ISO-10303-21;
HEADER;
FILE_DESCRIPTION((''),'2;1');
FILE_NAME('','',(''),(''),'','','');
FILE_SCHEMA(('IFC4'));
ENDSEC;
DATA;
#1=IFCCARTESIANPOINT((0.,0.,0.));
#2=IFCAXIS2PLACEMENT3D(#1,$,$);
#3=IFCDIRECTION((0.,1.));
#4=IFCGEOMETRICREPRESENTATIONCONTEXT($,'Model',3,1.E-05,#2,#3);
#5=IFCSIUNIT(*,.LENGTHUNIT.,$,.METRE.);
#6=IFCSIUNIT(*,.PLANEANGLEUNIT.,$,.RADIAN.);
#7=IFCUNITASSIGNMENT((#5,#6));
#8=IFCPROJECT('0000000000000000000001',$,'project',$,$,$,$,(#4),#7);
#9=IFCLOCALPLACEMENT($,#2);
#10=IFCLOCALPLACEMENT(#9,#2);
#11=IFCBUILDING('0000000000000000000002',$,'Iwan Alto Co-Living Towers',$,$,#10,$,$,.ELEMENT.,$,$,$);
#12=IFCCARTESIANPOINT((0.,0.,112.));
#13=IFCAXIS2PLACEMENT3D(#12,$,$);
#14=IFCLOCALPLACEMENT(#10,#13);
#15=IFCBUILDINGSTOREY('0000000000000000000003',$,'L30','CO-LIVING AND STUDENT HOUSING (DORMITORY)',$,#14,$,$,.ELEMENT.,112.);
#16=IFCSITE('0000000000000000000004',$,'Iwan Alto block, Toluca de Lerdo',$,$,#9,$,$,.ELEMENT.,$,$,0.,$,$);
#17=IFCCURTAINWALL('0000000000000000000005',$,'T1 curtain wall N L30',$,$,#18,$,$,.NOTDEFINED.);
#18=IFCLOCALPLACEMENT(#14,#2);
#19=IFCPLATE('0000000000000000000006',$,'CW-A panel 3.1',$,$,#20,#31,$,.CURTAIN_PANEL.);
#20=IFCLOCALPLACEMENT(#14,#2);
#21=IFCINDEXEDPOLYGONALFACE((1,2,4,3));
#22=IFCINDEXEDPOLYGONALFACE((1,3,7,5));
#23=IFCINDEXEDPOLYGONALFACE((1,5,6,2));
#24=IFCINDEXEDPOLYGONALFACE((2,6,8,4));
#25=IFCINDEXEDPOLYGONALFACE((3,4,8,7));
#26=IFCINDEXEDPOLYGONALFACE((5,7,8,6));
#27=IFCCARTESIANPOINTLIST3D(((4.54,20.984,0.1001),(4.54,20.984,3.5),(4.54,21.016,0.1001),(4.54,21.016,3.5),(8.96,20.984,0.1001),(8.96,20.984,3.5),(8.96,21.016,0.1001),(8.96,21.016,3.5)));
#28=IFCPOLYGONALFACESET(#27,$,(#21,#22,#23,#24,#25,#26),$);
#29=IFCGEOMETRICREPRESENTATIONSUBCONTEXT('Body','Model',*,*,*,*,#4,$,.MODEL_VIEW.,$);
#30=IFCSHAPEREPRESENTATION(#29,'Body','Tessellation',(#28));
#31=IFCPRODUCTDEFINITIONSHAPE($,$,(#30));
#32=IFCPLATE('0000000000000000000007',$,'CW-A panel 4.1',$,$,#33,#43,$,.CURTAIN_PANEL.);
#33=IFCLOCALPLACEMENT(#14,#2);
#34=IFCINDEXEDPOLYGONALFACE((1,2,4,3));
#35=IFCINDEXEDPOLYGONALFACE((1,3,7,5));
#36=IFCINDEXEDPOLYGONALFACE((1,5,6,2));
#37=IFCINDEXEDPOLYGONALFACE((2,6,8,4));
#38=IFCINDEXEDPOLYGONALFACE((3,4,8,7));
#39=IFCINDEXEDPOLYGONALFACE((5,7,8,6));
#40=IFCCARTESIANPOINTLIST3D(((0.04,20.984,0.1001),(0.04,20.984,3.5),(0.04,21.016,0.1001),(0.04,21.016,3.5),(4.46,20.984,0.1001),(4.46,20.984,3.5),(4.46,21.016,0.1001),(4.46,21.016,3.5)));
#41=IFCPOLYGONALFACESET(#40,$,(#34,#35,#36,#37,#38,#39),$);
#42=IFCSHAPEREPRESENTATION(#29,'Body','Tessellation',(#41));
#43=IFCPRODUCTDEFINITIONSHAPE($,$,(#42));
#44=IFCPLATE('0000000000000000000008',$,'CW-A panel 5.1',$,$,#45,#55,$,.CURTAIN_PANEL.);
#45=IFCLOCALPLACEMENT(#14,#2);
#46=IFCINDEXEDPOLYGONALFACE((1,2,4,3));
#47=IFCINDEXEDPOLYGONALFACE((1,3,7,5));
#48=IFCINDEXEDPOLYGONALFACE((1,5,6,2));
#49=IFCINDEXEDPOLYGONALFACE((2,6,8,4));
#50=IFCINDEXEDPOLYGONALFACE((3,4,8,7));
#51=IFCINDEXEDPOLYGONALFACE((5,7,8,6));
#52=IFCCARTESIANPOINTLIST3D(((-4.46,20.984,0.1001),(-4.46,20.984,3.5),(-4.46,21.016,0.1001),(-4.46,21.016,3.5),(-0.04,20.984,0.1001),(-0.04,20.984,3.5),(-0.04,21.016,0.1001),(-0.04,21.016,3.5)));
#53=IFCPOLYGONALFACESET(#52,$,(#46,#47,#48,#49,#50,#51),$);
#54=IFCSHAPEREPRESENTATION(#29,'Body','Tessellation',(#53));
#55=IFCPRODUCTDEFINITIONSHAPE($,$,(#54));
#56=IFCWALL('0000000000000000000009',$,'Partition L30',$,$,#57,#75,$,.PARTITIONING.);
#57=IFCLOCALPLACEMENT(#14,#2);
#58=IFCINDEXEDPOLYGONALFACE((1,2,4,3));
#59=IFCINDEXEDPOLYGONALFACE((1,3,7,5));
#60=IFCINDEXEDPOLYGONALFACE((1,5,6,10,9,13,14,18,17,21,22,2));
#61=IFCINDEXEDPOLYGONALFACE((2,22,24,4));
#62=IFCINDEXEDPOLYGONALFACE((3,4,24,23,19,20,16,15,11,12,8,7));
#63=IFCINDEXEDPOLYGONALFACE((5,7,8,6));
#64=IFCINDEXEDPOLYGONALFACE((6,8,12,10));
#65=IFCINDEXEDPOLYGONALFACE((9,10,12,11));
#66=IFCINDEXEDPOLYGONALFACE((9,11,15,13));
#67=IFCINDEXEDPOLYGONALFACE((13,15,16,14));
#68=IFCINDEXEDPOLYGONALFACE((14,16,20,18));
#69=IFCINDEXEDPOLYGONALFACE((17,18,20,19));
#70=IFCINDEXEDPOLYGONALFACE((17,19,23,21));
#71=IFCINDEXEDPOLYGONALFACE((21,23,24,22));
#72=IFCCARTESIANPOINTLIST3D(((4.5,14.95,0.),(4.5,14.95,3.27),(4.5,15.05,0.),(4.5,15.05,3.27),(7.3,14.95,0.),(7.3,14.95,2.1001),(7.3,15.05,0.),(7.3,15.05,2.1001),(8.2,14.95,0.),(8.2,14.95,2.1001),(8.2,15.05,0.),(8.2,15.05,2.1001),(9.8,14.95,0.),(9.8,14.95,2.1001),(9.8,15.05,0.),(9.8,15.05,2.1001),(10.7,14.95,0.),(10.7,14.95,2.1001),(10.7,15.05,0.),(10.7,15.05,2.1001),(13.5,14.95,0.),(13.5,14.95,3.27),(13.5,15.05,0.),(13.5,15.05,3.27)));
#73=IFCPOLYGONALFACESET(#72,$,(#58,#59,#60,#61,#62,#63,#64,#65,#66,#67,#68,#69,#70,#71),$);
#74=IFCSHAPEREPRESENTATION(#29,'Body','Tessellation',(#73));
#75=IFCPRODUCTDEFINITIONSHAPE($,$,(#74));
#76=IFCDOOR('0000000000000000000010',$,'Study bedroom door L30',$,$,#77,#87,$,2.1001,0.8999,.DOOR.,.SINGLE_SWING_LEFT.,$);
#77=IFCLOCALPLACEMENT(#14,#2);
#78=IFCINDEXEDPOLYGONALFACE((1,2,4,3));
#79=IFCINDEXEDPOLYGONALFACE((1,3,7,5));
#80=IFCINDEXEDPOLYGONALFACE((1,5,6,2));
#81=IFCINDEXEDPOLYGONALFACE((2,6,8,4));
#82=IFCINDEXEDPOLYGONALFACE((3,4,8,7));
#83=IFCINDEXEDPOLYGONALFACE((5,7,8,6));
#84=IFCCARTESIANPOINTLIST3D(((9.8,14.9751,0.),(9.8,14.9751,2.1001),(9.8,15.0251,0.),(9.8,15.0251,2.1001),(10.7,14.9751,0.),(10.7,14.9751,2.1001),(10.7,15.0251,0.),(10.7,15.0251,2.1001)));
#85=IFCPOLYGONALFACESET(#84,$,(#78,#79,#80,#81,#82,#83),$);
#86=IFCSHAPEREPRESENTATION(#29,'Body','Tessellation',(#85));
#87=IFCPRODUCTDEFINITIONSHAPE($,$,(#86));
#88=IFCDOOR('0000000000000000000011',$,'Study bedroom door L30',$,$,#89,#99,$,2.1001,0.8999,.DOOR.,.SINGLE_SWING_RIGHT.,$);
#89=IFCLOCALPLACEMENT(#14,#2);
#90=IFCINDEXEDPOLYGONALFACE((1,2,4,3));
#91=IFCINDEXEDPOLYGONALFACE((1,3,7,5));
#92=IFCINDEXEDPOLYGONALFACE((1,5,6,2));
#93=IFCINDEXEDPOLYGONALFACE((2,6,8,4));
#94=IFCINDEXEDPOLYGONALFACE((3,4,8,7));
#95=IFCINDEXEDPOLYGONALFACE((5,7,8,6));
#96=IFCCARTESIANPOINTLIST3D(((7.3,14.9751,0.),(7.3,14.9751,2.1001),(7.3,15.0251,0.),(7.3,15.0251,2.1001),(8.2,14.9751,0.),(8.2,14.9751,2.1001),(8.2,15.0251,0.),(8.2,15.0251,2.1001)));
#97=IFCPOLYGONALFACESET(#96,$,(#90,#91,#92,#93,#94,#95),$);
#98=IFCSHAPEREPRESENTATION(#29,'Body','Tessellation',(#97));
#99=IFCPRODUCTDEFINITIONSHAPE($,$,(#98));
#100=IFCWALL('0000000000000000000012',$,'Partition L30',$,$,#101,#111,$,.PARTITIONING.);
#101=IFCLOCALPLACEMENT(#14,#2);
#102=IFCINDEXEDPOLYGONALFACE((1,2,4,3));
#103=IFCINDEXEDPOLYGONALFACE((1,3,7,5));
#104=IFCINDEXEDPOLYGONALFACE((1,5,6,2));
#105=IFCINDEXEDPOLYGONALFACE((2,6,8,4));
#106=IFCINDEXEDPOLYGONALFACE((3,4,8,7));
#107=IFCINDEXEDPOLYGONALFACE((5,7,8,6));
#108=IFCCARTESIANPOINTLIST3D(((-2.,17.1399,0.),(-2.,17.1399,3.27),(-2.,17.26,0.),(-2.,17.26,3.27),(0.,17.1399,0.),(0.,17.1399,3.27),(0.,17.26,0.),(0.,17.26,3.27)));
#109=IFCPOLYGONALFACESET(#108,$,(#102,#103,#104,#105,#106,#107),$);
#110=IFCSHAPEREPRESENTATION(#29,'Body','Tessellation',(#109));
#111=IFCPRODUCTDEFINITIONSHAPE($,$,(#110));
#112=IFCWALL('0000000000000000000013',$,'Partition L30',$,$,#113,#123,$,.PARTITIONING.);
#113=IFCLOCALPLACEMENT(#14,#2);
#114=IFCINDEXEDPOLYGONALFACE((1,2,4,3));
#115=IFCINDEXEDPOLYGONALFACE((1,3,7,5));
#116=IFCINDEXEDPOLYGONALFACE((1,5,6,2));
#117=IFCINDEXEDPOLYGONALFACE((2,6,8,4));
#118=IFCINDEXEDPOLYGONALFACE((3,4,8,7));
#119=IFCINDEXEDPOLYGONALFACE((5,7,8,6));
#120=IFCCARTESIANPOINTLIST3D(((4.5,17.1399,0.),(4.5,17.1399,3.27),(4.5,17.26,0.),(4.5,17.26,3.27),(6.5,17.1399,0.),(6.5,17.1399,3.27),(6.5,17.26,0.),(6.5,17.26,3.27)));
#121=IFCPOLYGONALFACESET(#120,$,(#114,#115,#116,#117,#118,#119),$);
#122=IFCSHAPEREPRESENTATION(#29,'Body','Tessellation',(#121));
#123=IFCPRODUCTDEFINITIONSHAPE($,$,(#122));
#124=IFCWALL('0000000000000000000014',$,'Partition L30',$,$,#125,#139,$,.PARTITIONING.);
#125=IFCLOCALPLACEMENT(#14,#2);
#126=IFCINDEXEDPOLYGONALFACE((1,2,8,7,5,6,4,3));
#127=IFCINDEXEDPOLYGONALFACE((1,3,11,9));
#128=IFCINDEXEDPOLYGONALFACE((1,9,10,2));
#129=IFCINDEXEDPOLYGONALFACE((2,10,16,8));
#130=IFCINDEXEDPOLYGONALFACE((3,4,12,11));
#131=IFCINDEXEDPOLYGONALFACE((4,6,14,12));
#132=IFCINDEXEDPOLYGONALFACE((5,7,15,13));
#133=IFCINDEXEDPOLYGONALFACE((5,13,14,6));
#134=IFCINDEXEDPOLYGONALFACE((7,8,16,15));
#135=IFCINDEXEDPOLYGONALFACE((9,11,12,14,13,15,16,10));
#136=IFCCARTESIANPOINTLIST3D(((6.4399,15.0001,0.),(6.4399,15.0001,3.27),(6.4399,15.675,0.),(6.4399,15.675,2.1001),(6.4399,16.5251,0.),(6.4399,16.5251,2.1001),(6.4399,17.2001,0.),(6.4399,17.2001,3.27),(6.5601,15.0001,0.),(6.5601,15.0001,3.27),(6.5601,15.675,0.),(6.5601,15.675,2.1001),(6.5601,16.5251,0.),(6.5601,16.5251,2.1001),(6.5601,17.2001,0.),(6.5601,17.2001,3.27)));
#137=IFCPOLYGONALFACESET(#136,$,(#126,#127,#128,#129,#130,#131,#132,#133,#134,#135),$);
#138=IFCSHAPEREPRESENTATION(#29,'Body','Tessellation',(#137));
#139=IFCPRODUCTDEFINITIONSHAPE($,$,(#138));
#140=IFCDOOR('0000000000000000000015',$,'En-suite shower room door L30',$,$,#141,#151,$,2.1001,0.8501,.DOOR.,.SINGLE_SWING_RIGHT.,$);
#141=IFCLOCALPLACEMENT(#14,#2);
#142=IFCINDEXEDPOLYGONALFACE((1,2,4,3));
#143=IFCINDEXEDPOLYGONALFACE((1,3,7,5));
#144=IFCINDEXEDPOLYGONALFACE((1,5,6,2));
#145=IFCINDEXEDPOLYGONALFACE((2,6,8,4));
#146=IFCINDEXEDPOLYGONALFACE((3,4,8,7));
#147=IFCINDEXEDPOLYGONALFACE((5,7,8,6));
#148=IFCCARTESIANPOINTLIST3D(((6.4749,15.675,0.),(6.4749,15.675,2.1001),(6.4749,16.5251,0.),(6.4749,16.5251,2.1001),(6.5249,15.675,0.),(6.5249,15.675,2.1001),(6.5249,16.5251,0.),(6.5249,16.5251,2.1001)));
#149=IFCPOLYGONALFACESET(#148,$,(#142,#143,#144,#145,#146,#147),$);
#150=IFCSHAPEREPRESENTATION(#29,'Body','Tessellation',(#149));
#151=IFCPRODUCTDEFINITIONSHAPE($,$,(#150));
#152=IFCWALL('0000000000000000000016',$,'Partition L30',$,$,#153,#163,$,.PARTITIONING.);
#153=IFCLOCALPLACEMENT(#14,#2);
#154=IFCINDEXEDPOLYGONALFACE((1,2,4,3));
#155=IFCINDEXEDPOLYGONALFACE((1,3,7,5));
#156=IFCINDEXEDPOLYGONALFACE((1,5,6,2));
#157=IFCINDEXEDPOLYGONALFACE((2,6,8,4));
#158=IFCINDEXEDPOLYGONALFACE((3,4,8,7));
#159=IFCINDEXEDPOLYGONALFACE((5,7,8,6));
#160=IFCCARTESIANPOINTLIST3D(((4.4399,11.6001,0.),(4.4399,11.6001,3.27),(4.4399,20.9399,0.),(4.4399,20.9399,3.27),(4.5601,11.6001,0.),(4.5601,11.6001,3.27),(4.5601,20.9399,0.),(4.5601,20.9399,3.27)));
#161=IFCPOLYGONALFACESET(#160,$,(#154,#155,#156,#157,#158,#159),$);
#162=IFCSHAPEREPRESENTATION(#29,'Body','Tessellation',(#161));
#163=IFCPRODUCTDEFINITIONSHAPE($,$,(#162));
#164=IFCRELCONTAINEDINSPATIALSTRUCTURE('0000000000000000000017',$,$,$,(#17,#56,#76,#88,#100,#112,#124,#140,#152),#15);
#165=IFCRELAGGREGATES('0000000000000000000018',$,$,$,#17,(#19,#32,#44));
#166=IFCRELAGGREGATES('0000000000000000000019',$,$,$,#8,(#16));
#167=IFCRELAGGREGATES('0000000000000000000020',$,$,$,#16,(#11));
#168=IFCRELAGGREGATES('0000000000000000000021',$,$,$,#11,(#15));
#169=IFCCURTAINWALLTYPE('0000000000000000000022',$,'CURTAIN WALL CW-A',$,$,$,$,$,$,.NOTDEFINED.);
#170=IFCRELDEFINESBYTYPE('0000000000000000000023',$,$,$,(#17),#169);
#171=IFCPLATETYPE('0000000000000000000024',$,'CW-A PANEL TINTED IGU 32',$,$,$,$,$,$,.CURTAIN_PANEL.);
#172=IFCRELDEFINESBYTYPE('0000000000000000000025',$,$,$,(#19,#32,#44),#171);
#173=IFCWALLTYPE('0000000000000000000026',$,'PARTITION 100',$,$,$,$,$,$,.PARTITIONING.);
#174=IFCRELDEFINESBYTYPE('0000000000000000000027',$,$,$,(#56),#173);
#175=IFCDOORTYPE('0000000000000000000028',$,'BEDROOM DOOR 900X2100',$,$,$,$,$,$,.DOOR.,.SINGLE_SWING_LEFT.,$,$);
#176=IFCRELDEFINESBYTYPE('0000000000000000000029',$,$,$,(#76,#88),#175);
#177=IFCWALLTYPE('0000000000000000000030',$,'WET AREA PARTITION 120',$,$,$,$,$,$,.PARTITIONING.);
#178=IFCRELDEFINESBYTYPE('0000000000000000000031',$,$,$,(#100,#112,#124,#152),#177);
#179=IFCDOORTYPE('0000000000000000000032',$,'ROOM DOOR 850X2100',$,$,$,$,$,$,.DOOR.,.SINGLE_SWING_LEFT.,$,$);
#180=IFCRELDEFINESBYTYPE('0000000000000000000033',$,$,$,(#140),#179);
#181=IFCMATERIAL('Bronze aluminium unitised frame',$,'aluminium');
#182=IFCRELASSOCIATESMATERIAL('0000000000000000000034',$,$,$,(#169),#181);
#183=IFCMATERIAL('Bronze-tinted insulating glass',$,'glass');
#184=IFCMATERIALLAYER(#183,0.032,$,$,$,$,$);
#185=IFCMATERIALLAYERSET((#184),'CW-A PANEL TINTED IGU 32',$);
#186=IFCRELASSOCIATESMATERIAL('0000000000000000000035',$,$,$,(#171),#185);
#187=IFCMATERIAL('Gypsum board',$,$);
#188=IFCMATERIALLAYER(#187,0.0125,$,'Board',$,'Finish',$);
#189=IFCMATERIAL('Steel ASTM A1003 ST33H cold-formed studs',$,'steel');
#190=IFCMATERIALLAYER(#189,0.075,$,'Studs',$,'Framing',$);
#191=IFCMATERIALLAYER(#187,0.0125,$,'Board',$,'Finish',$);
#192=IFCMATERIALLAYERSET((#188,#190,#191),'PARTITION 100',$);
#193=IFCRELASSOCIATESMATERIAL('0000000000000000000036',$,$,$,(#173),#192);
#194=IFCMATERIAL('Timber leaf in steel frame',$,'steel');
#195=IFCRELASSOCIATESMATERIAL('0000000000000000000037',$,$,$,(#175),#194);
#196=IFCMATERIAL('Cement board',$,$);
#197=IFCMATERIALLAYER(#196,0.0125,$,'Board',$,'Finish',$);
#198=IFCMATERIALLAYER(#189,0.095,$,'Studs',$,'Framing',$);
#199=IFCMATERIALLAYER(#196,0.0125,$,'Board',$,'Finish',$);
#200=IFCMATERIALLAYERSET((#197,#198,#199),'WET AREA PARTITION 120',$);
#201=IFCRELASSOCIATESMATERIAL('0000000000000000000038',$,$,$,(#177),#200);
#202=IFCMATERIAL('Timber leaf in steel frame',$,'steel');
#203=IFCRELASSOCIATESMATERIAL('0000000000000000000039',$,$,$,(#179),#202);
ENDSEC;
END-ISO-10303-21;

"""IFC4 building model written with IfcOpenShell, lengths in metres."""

from ifc_helpers import new_model, si_unit, direction, frame, frame_2d, origin, origin_2d, place, context, subcontext, project, spatial, rectangle, extrude, material, layer, layer_set, type_object, element, fill, aggregate, save


model = new_model("IFC4")

# Units and contexts
model_context = context("Model", 3, precision=1e-05, world=origin(), true_north=direction((0.0, 1.0)))
body_context = subcontext(model_context, "Body", "Model", "MODEL_VIEW")
ifc_project = project(units=[si_unit("LENGTHUNIT", "METRE"), si_unit("PLANEANGLEUNIT", "RADIAN")], contexts=[model_context])

# Site, building, storey
site_placement = place(None, origin())
site = spatial("IfcSite", under=ifc_project, at=site_placement, Name="Iwan Alto block, Toluca de Lerdo", CompositionType="ELEMENT", RefElevation=0.0)
building_placement = place(site_placement, origin())
building = spatial("IfcBuilding", under=site, at=building_placement, Name="Iwan Alto Co-Living Towers", CompositionType="ELEMENT")
storey_placement = place(building_placement, frame((0.0, 0.0, 112.0)))
storey = spatial("IfcBuildingStorey", under=building, at=storey_placement, Name="L30", Description="CO-LIVING AND STUDENT HOUSING (DORMITORY)", CompositionType="ELEMENT", Elevation=112.0)

# Curtain wall
ifc_material_1 = material(Name="Bronze aluminium unitised frame", Category="aluminium")
curtain_wall_type = type_object("IfcCurtainWallType", Name="CURTAIN WALL CW-A", PredefinedType="NOTDEFINED", material=ifc_material_1)
curtain_wall_placement = place(storey_placement, origin())
curtain_wall = element("IfcCurtainWall", 1, at=curtain_wall_placement, inside=storey, type_object=curtain_wall_type, Name="T1 curtain wall N L30", PredefinedType="NOTDEFINED")

# Plates
ifc_material_2 = material(Name="Bronze-tinted insulating glass", Category="glass")
ifc_layer_1 = layer(ifc_material_2, 0.032)
ifc_layer_set_1 = layer_set([ifc_layer_1], Name="CW-A PANEL TINTED IGU 32")
plate_type = type_object("IfcPlateType", Name="CW-A PANEL TINTED IGU 32", PredefinedType="CURTAIN_PANEL", material=ifc_layer_set_1)
plate_1_placement = place(storey_placement, frame((6.75, 21.0, 0.1001), z_axis=(0.0, 0.0, 1.0), x_axis=(-1.0, 0.0, 0.0)))
plate_1 = element("IfcPlate", 2, at=plate_1_placement, type_object=plate_type, Name="CW-A panel 3.1", PredefinedType="CURTAIN_PANEL", context=body_context, shape_type="SweptSolid", body=[
    extrude(rectangle(XDim=4.4199, YDim=0.032, at=origin_2d()), origin(), (0.0, 0.0, 1.0), 3.3999),
])
plate_2_placement = place(storey_placement, frame((2.25, 21.0, 0.1001), z_axis=(0.0, 0.0, 1.0), x_axis=(-1.0, 0.0, 0.0)))
plate_2 = element("IfcPlate", 3, at=plate_2_placement, type_object=plate_type, Name="CW-A panel 4.1", PredefinedType="CURTAIN_PANEL", context=body_context, shape_type="SweptSolid", body=[
    extrude(rectangle(XDim=4.4199, YDim=0.032, at=origin_2d()), origin(), (0.0, 0.0, 1.0), 3.3999),
])
plate_3_placement = place(storey_placement, frame((-2.25, 21.0, 0.1001), z_axis=(0.0, 0.0, 1.0), x_axis=(-1.0, 0.0, 0.0)))
plate_3 = element("IfcPlate", 4, at=plate_3_placement, type_object=plate_type, Name="CW-A panel 5.1", PredefinedType="CURTAIN_PANEL", context=body_context, shape_type="SweptSolid", body=[
    extrude(rectangle(XDim=4.4199, YDim=0.032, at=origin_2d()), origin(), (0.0, 0.0, 1.0), 3.3999),
])
aggregate(curtain_wall, [plate_1, plate_2, plate_3])

# Wall, openings, doors
ifc_material_3 = material(Name="Gypsum board")
ifc_layer_2 = layer(ifc_material_3, 0.0125, Name="Board", Category="Finish")
ifc_material_4 = material(Name="Steel ASTM A1003 ST33H cold-formed studs", Category="steel")
ifc_layer_3 = layer(ifc_material_4, 0.075, Name="Studs", Category="Framing")
ifc_layer_4 = layer(ifc_material_3, 0.0125, Name="Board", Category="Finish")
ifc_layer_set_2 = layer_set([ifc_layer_2, ifc_layer_3, ifc_layer_4], Name="PARTITION 100")
wall_type_1 = type_object("IfcWallType", Name="PARTITION 100", PredefinedType="PARTITIONING", material=ifc_layer_set_2)
wall_1_placement = place(storey_placement, frame((4.5, 15.0, 0.0), z_axis=(0.0, 0.0, 1.0), x_axis=(1.0, 0.0, 0.0)))
wall_1 = element("IfcWall", 5, at=wall_1_placement, inside=storey, type_object=wall_type_1, Name="Partition L30", PredefinedType="PARTITIONING", context=body_context, shape_type="SweptSolid", body=[
    extrude(rectangle(XDim=9.0, YDim=0.1001, at=frame_2d((4.5, 0.0))), origin(), (0.0, 0.0, 1.0), 3.27),
])
opening_1_placement = place(wall_1_placement, frame((5.3, 0.0, 0.0)))
opening_1 = element("IfcOpeningElement", 6, at=opening_1_placement, cuts=wall_1, PredefinedType="OPENING", context=body_context, shape_type="SweptSolid", body=[
    extrude(rectangle(XDim=0.8999, YDim=2.1001, at=frame_2d((0.45, 1.05))), frame((0.0, 0.0601, 0.0), z_axis=(0.0, -1.0, 0.0), x_axis=(1.0, 0.0, 0.0)), (0.0, 0.0, 1.0), 0.1201),
])
opening_2_placement = place(wall_1_placement, frame((2.8, 0.0, 0.0)))
opening_2 = element("IfcOpeningElement", 7, at=opening_2_placement, cuts=wall_1, PredefinedType="OPENING", context=body_context, shape_type="SweptSolid", body=[
    extrude(rectangle(XDim=0.8999, YDim=2.1001, at=frame_2d((0.45, 1.05))), frame((0.0, 0.0601, 0.0), z_axis=(0.0, -1.0, 0.0), x_axis=(1.0, 0.0, 0.0)), (0.0, 0.0, 1.0), 0.1201),
])
ifc_material_5 = material(Name="Timber leaf in steel frame", Category="steel")
door_type_1 = type_object("IfcDoorType", Name="BEDROOM DOOR 900X2100", OperationType="SINGLE_SWING_LEFT", PredefinedType="DOOR", material=ifc_material_5)
door_1_placement = place(opening_1_placement, frame((0.8999, 0.0, 0.0), z_axis=(0.0, 0.0, 1.0), x_axis=(-1.0, 0.0, 0.0)))
door_1 = element("IfcDoor", 8, at=door_1_placement, inside=storey, type_object=door_type_1, Name="Study bedroom door L30", OperationType="SINGLE_SWING_LEFT", OverallHeight=2.1001, OverallWidth=0.8999, PredefinedType="DOOR", context=body_context, shape_type="SweptSolid", body=[
    extrude(rectangle(XDim=0.8999, YDim=2.1001, at=frame_2d((0.45, 1.05))), frame((0.0, 0.0249, 0.0), z_axis=(0.0, -1.0, 0.0), x_axis=(1.0, 0.0, 0.0)), (0.0, 0.0, 1.0), 0.05),
])
fill(opening_1, door_1)
door_2_placement = place(opening_2_placement, frame((0.8999, 0.0, 0.0), z_axis=(0.0, 0.0, 1.0), x_axis=(-1.0, 0.0, 0.0)))
door_2 = element("IfcDoor", 9, at=door_2_placement, inside=storey, type_object=door_type_1, Name="Study bedroom door L30", OperationType="SINGLE_SWING_RIGHT", OverallHeight=2.1001, OverallWidth=0.8999, PredefinedType="DOOR", context=body_context, shape_type="SweptSolid", body=[
    extrude(rectangle(XDim=0.8999, YDim=2.1001, at=frame_2d((0.45, 1.05))), frame((0.0, 0.0249, 0.0), z_axis=(0.0, -1.0, 0.0), x_axis=(1.0, 0.0, 0.0)), (0.0, 0.0, 1.0), 0.05),
])
fill(opening_2, door_2)

# Walls
ifc_material_6 = material(Name="Cement board")
ifc_layer_5 = layer(ifc_material_6, 0.0125, Name="Board", Category="Finish")
ifc_layer_6 = layer(ifc_material_4, 0.095, Name="Studs", Category="Framing")
ifc_layer_7 = layer(ifc_material_6, 0.0125, Name="Board", Category="Finish")
ifc_layer_set_3 = layer_set([ifc_layer_5, ifc_layer_6, ifc_layer_7], Name="WET AREA PARTITION 120")
wall_type_2 = type_object("IfcWallType", Name="WET AREA PARTITION 120", PredefinedType="PARTITIONING", material=ifc_layer_set_3)
for number, where, z_axis, x_axis, name in (
    (10, (-2.0, 17.2, 0.0), (0.0, 0.0, 1.0), (1.0, 0.0, 0.0), "Partition L30"),
    (11, (4.5, 17.2, 0.0), (0.0, 0.0, 1.0), (1.0, 0.0, 0.0), "Partition L30"),
):
    element("IfcWall", number, at=place(storey_placement, frame(where, z_axis=z_axis, x_axis=x_axis)), inside=storey, type_object=wall_type_2, Name=name, PredefinedType="PARTITIONING", context=body_context, shape_type="SweptSolid", body=[
        extrude(rectangle(XDim=2.0, YDim=0.1201, at=frame_2d((1.0, 0.0))), origin(), (0.0, 0.0, 1.0), 3.27),
    ])

# Wall, opening, door
wall_2_placement = place(storey_placement, frame((6.5, 15.0, 0.0), z_axis=(0.0, 0.0, 1.0), x_axis=(0.0, 1.0, 0.0)))
wall_2 = element("IfcWall", 12, at=wall_2_placement, inside=storey, type_object=wall_type_2, Name="Partition L30", PredefinedType="PARTITIONING", context=body_context, shape_type="SweptSolid", body=[
    extrude(rectangle(XDim=2.2, YDim=0.1201, at=frame_2d((1.1001, 0.0))), origin(), (0.0, 0.0, 1.0), 3.27),
])
opening_3_placement = place(wall_2_placement, frame((0.675, 0.0, 0.0)))
opening_3 = element("IfcOpeningElement", 13, at=opening_3_placement, cuts=wall_2, PredefinedType="OPENING", context=body_context, shape_type="SweptSolid", body=[
    extrude(rectangle(XDim=0.8501, YDim=2.1001, at=frame_2d((0.425, 1.05))), frame((0.0, 0.0701, 0.0), z_axis=(0.0, -1.0, 0.0), x_axis=(1.0, 0.0, 0.0)), (0.0, 0.0, 1.0), 0.1401),
])
ifc_material_7 = material(Name="Timber leaf in steel frame", Category="steel")
door_type_2 = type_object("IfcDoorType", Name="ROOM DOOR 850X2100", OperationType="SINGLE_SWING_LEFT", PredefinedType="DOOR", material=ifc_material_7)
door_3_placement = place(opening_3_placement, frame((0.8501, 0.0, 0.0), z_axis=(0.0, 0.0, 1.0), x_axis=(-1.0, 0.0, 0.0)))
door_3 = element("IfcDoor", 14, at=door_3_placement, inside=storey, type_object=door_type_2, Name="En-suite shower room door L30", OperationType="SINGLE_SWING_RIGHT", OverallHeight=2.1001, OverallWidth=0.8501, PredefinedType="DOOR", context=body_context, shape_type="SweptSolid", body=[
    extrude(rectangle(XDim=0.8501, YDim=2.1001, at=frame_2d((0.425, 1.05))), frame((0.0, 0.0249, 0.0), z_axis=(0.0, -1.0, 0.0), x_axis=(1.0, 0.0, 0.0)), (0.0, 0.0, 1.0), 0.05),
])
fill(opening_3, door_3)

# Wall
wall_3_placement = place(storey_placement, frame((4.5, 11.6001, 0.0), z_axis=(0.0, 0.0, 1.0), x_axis=(0.0, 1.0, 0.0)))
element("IfcWall", 15, at=wall_3_placement, inside=storey, type_object=wall_type_2, Name="Partition L30", PredefinedType="PARTITIONING", context=body_context, shape_type="SweptSolid", body=[
    extrude(rectangle(XDim=9.3398, YDim=0.1201, at=frame_2d((4.6699, 0.0))), origin(), (0.0, 0.0, 1.0), 3.27),
])

save(model, "model.ifc")
